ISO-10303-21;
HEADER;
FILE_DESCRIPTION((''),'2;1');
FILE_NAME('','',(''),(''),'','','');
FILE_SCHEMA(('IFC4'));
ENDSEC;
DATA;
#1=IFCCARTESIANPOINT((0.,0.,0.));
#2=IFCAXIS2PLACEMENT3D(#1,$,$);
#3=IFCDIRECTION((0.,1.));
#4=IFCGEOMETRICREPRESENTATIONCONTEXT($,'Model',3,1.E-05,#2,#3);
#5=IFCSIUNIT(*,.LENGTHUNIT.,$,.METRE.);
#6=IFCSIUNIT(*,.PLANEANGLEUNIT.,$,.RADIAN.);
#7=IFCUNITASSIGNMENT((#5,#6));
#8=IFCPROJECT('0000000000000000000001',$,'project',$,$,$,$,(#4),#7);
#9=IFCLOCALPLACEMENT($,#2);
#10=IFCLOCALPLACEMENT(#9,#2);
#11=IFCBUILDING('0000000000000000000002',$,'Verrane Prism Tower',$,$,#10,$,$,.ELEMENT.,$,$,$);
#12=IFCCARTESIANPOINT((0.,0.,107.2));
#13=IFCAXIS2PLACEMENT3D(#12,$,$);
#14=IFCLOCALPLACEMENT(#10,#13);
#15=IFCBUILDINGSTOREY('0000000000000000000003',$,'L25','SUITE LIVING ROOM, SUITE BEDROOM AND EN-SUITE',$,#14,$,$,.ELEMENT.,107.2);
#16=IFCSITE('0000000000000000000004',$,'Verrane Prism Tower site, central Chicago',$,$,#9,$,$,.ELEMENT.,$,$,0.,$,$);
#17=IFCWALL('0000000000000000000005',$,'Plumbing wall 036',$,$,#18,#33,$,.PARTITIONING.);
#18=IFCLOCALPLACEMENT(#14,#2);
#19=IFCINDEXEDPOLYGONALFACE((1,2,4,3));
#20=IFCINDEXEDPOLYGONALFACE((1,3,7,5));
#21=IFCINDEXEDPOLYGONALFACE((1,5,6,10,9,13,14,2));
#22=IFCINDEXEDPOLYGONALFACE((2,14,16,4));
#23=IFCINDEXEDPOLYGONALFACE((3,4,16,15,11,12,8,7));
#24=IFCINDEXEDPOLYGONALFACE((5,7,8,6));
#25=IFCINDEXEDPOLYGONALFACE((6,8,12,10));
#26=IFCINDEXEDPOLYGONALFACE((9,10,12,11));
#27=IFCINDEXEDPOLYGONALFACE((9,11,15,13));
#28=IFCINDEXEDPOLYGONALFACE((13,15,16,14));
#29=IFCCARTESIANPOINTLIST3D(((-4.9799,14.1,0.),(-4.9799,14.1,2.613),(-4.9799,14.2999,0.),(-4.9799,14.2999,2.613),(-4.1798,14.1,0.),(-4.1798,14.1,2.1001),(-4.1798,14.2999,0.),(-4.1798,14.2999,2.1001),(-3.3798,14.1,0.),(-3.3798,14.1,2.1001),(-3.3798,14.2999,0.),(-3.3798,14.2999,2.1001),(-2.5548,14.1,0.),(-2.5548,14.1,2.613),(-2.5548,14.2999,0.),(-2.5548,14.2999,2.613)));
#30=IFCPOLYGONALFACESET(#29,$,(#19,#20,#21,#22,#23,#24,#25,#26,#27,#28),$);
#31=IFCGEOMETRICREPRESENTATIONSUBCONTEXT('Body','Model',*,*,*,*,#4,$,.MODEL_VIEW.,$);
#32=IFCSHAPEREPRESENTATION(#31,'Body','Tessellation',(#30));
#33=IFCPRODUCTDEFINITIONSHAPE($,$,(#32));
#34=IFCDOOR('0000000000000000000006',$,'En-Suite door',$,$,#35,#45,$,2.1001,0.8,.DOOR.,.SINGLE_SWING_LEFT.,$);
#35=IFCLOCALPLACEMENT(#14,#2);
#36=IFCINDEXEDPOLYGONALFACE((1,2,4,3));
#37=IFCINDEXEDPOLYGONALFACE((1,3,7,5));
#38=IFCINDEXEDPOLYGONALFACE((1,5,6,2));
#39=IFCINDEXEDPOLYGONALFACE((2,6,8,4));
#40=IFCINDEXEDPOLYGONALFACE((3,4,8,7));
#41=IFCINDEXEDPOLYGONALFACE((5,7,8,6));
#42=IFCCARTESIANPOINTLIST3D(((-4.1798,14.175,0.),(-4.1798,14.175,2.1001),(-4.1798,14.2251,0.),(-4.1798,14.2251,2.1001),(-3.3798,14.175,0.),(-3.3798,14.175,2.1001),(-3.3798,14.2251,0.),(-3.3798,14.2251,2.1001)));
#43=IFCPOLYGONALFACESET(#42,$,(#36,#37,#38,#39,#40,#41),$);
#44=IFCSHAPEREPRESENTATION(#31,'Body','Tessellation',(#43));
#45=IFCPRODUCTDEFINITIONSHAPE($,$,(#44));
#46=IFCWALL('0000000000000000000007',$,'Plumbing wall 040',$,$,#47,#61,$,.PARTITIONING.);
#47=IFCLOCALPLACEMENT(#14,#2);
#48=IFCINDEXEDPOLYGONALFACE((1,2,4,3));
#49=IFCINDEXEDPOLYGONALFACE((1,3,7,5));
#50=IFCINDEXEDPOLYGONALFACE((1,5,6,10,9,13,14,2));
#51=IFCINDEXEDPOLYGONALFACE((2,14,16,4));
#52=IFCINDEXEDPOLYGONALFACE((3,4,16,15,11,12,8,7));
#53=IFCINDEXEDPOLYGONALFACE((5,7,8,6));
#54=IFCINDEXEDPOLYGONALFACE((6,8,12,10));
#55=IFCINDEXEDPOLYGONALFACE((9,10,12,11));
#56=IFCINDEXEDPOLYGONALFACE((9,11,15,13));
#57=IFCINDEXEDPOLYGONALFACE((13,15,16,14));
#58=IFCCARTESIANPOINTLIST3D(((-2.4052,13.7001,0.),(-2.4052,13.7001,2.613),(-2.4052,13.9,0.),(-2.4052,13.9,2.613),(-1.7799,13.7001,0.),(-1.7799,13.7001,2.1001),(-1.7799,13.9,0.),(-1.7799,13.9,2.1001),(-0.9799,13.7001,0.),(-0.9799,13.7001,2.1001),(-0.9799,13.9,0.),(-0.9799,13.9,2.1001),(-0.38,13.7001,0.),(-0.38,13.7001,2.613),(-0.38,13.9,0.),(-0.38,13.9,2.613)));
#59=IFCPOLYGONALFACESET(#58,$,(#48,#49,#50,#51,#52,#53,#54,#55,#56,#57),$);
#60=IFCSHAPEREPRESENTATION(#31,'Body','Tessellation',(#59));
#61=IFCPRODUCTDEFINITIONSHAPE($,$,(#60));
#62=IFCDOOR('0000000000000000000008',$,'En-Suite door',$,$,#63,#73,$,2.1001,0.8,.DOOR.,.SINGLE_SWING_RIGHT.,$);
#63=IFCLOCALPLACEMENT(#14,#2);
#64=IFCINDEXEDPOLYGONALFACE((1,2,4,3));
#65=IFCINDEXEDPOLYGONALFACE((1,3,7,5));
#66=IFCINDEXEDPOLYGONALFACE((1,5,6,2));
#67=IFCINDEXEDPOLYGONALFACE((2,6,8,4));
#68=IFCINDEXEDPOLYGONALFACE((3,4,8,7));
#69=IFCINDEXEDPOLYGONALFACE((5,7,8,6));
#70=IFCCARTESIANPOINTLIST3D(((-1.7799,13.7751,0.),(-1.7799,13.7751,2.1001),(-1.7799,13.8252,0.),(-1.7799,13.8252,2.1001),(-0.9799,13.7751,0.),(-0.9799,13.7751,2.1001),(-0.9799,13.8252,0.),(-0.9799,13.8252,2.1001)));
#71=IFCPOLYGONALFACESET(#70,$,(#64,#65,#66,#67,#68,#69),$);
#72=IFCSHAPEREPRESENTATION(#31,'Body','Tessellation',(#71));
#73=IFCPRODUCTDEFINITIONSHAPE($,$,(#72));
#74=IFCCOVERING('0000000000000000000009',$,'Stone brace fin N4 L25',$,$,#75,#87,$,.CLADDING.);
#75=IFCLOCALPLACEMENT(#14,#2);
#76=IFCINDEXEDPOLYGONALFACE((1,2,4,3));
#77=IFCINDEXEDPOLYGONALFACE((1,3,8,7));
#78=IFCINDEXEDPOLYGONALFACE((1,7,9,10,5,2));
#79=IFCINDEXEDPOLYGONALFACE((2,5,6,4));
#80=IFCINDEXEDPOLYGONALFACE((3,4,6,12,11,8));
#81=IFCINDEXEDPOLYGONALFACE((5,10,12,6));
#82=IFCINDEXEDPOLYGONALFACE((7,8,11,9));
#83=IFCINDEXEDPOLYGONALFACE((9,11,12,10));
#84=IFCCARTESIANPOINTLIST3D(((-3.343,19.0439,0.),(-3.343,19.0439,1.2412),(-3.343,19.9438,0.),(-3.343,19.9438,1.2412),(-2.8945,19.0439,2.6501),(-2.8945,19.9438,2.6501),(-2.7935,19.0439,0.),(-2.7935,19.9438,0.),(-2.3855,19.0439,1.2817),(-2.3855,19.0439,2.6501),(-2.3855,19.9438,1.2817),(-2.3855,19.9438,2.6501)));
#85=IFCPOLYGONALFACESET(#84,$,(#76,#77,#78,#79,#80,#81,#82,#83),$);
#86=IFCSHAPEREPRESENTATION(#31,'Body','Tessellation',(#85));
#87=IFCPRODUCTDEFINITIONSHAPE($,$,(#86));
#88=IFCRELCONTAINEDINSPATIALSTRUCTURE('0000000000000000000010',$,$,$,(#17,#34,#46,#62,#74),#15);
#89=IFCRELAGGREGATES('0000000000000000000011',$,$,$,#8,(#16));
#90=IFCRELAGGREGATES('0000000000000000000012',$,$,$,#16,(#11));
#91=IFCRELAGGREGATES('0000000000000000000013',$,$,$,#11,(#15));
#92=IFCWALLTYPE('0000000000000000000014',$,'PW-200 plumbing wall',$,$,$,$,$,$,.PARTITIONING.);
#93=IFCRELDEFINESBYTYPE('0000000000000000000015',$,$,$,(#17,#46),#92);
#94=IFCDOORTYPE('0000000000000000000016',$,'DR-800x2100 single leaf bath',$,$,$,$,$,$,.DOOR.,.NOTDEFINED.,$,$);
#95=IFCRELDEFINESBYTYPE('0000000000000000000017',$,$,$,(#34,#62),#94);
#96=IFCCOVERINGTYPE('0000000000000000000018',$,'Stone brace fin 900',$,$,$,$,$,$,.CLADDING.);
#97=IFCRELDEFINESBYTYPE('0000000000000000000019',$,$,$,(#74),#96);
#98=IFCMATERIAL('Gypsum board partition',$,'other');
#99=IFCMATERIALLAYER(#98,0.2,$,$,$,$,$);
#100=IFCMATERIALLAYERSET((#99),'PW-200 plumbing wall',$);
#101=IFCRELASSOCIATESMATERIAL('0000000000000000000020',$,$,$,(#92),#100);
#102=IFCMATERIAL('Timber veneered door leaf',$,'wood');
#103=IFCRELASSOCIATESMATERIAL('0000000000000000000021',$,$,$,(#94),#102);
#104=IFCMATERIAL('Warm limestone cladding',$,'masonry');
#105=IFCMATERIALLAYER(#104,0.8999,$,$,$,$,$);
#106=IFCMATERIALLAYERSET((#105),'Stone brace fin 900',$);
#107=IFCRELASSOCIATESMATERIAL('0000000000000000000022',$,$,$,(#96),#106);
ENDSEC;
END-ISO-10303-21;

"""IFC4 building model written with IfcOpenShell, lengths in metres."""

from ifc_helpers import new_model, si_unit, direction, frame, frame_2d, origin, place, context, subcontext, project, spatial, polyline, rectangle, outline, extrude, material, layer, layer_set, type_object, element, fill, save


model = new_model("IFC4")

# Units and contexts
model_context = context("Model", 3, precision=1e-05, world=origin(), true_north=direction((0.0, 1.0)))
body_context = subcontext(model_context, "Body", "Model", "MODEL_VIEW")
ifc_project = project(units=[si_unit("LENGTHUNIT", "METRE"), si_unit("PLANEANGLEUNIT", "RADIAN")], contexts=[model_context])

# Site, building, storey
site_placement = place(None, origin())
site = spatial("IfcSite", under=ifc_project, at=site_placement, Name="Verrane Prism Tower site, central Chicago", CompositionType="ELEMENT", RefElevation=0.0)
building_placement = place(site_placement, origin())
building = spatial("IfcBuilding", under=site, at=building_placement, Name="Verrane Prism Tower", CompositionType="ELEMENT")
storey_placement = place(building_placement, frame((0.0, 0.0, 107.2)))
storey = spatial("IfcBuildingStorey", under=building, at=storey_placement, Name="L25", Description="SUITE LIVING ROOM, SUITE BEDROOM AND EN-SUITE", CompositionType="ELEMENT", Elevation=107.2)

# Walls, openings, doors
ifc_material_1 = material(Name="Gypsum board partition", Category="other")
ifc_layer_1 = layer(ifc_material_1, 0.2)
ifc_layer_set_1 = layer_set([ifc_layer_1], Name="PW-200 plumbing wall")
wall_type_1 = type_object("IfcWallType", Name="PW-200 plumbing wall", PredefinedType="PARTITIONING", material=ifc_layer_set_1)
wall_1_placement = place(storey_placement, frame((-2.5549, 14.2, 0.0), z_axis=(0.0, 0.0, 1.0), x_axis=(-1.0, 0.0, 0.0)))
wall_1 = element("IfcWall", 1, at=wall_1_placement, inside=storey, type_object=wall_type_1, Name="Plumbing wall 036", PredefinedType="PARTITIONING", context=body_context, shape_type="SweptSolid", body=[
    extrude(rectangle(XDim=2.425, YDim=0.2, at=frame_2d((1.2124, 0.0))), origin(), (0.0, 0.0, 1.0), 2.613),
])
opening_1_placement = place(wall_1_placement, frame((0.825, 0.0, 0.0)))
opening_1 = element("IfcOpeningElement", 2, at=opening_1_placement, cuts=wall_1, PredefinedType="OPENING", context=body_context, shape_type="SweptSolid", body=[
    extrude(rectangle(XDim=0.8, YDim=2.1001, at=frame_2d((0.3999, 1.05))), frame((0.0, 0.1099, 0.0), z_axis=(0.0, -1.0, 0.0), x_axis=(1.0, 0.0, 0.0)), (0.0, 0.0, 1.0), 0.22),
])
ifc_material_2 = material(Name="Timber veneered door leaf", Category="wood")
door_type_1 = type_object("IfcDoorType", Name="DR-800x2100 single leaf bath", OperationType="NOTDEFINED", PredefinedType="DOOR", material=ifc_material_2)
door_1_placement = place(opening_1_placement, origin())
door_1 = element("IfcDoor", 3, at=door_1_placement, inside=storey, type_object=door_type_1, Name="En-Suite door", OperationType="SINGLE_SWING_LEFT", OverallHeight=2.1001, OverallWidth=0.8, PredefinedType="DOOR", context=body_context, shape_type="SweptSolid", body=[
    extrude(rectangle(XDim=0.8, YDim=2.1001, at=frame_2d((0.3999, 1.05))), frame((0.0, 0.0249, 0.0), z_axis=(0.0, -1.0, 0.0), x_axis=(1.0, 0.0, 0.0)), (0.0, 0.0, 1.0), 0.05),
])
fill(opening_1, door_1)
wall_2_placement = place(storey_placement, frame((-0.3799, 13.8, 0.0), z_axis=(0.0, 0.0, 1.0), x_axis=(-1.0, 0.0, 0.0)))
wall_2 = element("IfcWall", 4, at=wall_2_placement, inside=storey, type_object=wall_type_1, Name="Plumbing wall 040", PredefinedType="PARTITIONING", context=body_context, shape_type="SweptSolid", body=[
    extrude(rectangle(XDim=2.0251, YDim=0.2, at=frame_2d((1.0127, 0.0))), origin(), (0.0, 0.0, 1.0), 2.613),
])
opening_2_placement = place(wall_2_placement, frame((0.6001, 0.0, 0.0)))
opening_2 = element("IfcOpeningElement", 5, at=opening_2_placement, cuts=wall_2, PredefinedType="OPENING", context=body_context, shape_type="SweptSolid", body=[
    extrude(rectangle(XDim=0.8, YDim=2.1001, at=frame_2d((0.3999, 1.05))), frame((0.0, 0.1099, 0.0), z_axis=(0.0, -1.0, 0.0), x_axis=(1.0, 0.0, 0.0)), (0.0, 0.0, 1.0), 0.22),
])
door_2_placement = place(opening_2_placement, origin())
door_2 = element("IfcDoor", 6, at=door_2_placement, inside=storey, type_object=door_type_1, Name="En-Suite door", OperationType="SINGLE_SWING_RIGHT", OverallHeight=2.1001, OverallWidth=0.8, PredefinedType="DOOR", context=body_context, shape_type="SweptSolid", body=[
    extrude(rectangle(XDim=0.8, YDim=2.1001, at=frame_2d((0.3999, 1.05))), frame((0.0, 0.0249, 0.0), z_axis=(0.0, -1.0, 0.0), x_axis=(1.0, 0.0, 0.0)), (0.0, 0.0, 1.0), 0.05),
])
fill(opening_2, door_2)

# Covering
ifc_material_3 = material(Name="Warm limestone cladding", Category="masonry")
ifc_layer_2 = layer(ifc_material_3, 0.8999)
ifc_layer_set_2 = layer_set([ifc_layer_2], Name="Stone brace fin 900")
covering_type = type_object("IfcCoveringType", Name="Stone brace fin 900", PredefinedType="CLADDING", material=ifc_layer_set_2)
covering_placement = place(storey_placement, frame((-3.343, 19.4939, 0.0), z_axis=(0.0, 0.0, 1.0), x_axis=(1.0, 0.0, 0.0)))
element("IfcCovering", 7, at=covering_placement, inside=storey, type_object=covering_type, Name="Stone brace fin N4 L25", PredefinedType="CLADDING", context=body_context, shape_type="SweptSolid", body=[
    extrude(outline(polyline([(0.9575, 2.6501), (0.4485, 2.6501), (0.0, 1.2412), (0.0, 0.0), (0.5496, 0.0), (0.9575, 1.2817), (0.9575, 2.6501)])), frame((0.0, 0.45, 0.0), z_axis=(0.0, -1.0, 0.0), x_axis=(1.0, 0.0, 0.0)), (0.0, 0.0, 1.0), 0.8999),
])

save(model, "model.ifc")
